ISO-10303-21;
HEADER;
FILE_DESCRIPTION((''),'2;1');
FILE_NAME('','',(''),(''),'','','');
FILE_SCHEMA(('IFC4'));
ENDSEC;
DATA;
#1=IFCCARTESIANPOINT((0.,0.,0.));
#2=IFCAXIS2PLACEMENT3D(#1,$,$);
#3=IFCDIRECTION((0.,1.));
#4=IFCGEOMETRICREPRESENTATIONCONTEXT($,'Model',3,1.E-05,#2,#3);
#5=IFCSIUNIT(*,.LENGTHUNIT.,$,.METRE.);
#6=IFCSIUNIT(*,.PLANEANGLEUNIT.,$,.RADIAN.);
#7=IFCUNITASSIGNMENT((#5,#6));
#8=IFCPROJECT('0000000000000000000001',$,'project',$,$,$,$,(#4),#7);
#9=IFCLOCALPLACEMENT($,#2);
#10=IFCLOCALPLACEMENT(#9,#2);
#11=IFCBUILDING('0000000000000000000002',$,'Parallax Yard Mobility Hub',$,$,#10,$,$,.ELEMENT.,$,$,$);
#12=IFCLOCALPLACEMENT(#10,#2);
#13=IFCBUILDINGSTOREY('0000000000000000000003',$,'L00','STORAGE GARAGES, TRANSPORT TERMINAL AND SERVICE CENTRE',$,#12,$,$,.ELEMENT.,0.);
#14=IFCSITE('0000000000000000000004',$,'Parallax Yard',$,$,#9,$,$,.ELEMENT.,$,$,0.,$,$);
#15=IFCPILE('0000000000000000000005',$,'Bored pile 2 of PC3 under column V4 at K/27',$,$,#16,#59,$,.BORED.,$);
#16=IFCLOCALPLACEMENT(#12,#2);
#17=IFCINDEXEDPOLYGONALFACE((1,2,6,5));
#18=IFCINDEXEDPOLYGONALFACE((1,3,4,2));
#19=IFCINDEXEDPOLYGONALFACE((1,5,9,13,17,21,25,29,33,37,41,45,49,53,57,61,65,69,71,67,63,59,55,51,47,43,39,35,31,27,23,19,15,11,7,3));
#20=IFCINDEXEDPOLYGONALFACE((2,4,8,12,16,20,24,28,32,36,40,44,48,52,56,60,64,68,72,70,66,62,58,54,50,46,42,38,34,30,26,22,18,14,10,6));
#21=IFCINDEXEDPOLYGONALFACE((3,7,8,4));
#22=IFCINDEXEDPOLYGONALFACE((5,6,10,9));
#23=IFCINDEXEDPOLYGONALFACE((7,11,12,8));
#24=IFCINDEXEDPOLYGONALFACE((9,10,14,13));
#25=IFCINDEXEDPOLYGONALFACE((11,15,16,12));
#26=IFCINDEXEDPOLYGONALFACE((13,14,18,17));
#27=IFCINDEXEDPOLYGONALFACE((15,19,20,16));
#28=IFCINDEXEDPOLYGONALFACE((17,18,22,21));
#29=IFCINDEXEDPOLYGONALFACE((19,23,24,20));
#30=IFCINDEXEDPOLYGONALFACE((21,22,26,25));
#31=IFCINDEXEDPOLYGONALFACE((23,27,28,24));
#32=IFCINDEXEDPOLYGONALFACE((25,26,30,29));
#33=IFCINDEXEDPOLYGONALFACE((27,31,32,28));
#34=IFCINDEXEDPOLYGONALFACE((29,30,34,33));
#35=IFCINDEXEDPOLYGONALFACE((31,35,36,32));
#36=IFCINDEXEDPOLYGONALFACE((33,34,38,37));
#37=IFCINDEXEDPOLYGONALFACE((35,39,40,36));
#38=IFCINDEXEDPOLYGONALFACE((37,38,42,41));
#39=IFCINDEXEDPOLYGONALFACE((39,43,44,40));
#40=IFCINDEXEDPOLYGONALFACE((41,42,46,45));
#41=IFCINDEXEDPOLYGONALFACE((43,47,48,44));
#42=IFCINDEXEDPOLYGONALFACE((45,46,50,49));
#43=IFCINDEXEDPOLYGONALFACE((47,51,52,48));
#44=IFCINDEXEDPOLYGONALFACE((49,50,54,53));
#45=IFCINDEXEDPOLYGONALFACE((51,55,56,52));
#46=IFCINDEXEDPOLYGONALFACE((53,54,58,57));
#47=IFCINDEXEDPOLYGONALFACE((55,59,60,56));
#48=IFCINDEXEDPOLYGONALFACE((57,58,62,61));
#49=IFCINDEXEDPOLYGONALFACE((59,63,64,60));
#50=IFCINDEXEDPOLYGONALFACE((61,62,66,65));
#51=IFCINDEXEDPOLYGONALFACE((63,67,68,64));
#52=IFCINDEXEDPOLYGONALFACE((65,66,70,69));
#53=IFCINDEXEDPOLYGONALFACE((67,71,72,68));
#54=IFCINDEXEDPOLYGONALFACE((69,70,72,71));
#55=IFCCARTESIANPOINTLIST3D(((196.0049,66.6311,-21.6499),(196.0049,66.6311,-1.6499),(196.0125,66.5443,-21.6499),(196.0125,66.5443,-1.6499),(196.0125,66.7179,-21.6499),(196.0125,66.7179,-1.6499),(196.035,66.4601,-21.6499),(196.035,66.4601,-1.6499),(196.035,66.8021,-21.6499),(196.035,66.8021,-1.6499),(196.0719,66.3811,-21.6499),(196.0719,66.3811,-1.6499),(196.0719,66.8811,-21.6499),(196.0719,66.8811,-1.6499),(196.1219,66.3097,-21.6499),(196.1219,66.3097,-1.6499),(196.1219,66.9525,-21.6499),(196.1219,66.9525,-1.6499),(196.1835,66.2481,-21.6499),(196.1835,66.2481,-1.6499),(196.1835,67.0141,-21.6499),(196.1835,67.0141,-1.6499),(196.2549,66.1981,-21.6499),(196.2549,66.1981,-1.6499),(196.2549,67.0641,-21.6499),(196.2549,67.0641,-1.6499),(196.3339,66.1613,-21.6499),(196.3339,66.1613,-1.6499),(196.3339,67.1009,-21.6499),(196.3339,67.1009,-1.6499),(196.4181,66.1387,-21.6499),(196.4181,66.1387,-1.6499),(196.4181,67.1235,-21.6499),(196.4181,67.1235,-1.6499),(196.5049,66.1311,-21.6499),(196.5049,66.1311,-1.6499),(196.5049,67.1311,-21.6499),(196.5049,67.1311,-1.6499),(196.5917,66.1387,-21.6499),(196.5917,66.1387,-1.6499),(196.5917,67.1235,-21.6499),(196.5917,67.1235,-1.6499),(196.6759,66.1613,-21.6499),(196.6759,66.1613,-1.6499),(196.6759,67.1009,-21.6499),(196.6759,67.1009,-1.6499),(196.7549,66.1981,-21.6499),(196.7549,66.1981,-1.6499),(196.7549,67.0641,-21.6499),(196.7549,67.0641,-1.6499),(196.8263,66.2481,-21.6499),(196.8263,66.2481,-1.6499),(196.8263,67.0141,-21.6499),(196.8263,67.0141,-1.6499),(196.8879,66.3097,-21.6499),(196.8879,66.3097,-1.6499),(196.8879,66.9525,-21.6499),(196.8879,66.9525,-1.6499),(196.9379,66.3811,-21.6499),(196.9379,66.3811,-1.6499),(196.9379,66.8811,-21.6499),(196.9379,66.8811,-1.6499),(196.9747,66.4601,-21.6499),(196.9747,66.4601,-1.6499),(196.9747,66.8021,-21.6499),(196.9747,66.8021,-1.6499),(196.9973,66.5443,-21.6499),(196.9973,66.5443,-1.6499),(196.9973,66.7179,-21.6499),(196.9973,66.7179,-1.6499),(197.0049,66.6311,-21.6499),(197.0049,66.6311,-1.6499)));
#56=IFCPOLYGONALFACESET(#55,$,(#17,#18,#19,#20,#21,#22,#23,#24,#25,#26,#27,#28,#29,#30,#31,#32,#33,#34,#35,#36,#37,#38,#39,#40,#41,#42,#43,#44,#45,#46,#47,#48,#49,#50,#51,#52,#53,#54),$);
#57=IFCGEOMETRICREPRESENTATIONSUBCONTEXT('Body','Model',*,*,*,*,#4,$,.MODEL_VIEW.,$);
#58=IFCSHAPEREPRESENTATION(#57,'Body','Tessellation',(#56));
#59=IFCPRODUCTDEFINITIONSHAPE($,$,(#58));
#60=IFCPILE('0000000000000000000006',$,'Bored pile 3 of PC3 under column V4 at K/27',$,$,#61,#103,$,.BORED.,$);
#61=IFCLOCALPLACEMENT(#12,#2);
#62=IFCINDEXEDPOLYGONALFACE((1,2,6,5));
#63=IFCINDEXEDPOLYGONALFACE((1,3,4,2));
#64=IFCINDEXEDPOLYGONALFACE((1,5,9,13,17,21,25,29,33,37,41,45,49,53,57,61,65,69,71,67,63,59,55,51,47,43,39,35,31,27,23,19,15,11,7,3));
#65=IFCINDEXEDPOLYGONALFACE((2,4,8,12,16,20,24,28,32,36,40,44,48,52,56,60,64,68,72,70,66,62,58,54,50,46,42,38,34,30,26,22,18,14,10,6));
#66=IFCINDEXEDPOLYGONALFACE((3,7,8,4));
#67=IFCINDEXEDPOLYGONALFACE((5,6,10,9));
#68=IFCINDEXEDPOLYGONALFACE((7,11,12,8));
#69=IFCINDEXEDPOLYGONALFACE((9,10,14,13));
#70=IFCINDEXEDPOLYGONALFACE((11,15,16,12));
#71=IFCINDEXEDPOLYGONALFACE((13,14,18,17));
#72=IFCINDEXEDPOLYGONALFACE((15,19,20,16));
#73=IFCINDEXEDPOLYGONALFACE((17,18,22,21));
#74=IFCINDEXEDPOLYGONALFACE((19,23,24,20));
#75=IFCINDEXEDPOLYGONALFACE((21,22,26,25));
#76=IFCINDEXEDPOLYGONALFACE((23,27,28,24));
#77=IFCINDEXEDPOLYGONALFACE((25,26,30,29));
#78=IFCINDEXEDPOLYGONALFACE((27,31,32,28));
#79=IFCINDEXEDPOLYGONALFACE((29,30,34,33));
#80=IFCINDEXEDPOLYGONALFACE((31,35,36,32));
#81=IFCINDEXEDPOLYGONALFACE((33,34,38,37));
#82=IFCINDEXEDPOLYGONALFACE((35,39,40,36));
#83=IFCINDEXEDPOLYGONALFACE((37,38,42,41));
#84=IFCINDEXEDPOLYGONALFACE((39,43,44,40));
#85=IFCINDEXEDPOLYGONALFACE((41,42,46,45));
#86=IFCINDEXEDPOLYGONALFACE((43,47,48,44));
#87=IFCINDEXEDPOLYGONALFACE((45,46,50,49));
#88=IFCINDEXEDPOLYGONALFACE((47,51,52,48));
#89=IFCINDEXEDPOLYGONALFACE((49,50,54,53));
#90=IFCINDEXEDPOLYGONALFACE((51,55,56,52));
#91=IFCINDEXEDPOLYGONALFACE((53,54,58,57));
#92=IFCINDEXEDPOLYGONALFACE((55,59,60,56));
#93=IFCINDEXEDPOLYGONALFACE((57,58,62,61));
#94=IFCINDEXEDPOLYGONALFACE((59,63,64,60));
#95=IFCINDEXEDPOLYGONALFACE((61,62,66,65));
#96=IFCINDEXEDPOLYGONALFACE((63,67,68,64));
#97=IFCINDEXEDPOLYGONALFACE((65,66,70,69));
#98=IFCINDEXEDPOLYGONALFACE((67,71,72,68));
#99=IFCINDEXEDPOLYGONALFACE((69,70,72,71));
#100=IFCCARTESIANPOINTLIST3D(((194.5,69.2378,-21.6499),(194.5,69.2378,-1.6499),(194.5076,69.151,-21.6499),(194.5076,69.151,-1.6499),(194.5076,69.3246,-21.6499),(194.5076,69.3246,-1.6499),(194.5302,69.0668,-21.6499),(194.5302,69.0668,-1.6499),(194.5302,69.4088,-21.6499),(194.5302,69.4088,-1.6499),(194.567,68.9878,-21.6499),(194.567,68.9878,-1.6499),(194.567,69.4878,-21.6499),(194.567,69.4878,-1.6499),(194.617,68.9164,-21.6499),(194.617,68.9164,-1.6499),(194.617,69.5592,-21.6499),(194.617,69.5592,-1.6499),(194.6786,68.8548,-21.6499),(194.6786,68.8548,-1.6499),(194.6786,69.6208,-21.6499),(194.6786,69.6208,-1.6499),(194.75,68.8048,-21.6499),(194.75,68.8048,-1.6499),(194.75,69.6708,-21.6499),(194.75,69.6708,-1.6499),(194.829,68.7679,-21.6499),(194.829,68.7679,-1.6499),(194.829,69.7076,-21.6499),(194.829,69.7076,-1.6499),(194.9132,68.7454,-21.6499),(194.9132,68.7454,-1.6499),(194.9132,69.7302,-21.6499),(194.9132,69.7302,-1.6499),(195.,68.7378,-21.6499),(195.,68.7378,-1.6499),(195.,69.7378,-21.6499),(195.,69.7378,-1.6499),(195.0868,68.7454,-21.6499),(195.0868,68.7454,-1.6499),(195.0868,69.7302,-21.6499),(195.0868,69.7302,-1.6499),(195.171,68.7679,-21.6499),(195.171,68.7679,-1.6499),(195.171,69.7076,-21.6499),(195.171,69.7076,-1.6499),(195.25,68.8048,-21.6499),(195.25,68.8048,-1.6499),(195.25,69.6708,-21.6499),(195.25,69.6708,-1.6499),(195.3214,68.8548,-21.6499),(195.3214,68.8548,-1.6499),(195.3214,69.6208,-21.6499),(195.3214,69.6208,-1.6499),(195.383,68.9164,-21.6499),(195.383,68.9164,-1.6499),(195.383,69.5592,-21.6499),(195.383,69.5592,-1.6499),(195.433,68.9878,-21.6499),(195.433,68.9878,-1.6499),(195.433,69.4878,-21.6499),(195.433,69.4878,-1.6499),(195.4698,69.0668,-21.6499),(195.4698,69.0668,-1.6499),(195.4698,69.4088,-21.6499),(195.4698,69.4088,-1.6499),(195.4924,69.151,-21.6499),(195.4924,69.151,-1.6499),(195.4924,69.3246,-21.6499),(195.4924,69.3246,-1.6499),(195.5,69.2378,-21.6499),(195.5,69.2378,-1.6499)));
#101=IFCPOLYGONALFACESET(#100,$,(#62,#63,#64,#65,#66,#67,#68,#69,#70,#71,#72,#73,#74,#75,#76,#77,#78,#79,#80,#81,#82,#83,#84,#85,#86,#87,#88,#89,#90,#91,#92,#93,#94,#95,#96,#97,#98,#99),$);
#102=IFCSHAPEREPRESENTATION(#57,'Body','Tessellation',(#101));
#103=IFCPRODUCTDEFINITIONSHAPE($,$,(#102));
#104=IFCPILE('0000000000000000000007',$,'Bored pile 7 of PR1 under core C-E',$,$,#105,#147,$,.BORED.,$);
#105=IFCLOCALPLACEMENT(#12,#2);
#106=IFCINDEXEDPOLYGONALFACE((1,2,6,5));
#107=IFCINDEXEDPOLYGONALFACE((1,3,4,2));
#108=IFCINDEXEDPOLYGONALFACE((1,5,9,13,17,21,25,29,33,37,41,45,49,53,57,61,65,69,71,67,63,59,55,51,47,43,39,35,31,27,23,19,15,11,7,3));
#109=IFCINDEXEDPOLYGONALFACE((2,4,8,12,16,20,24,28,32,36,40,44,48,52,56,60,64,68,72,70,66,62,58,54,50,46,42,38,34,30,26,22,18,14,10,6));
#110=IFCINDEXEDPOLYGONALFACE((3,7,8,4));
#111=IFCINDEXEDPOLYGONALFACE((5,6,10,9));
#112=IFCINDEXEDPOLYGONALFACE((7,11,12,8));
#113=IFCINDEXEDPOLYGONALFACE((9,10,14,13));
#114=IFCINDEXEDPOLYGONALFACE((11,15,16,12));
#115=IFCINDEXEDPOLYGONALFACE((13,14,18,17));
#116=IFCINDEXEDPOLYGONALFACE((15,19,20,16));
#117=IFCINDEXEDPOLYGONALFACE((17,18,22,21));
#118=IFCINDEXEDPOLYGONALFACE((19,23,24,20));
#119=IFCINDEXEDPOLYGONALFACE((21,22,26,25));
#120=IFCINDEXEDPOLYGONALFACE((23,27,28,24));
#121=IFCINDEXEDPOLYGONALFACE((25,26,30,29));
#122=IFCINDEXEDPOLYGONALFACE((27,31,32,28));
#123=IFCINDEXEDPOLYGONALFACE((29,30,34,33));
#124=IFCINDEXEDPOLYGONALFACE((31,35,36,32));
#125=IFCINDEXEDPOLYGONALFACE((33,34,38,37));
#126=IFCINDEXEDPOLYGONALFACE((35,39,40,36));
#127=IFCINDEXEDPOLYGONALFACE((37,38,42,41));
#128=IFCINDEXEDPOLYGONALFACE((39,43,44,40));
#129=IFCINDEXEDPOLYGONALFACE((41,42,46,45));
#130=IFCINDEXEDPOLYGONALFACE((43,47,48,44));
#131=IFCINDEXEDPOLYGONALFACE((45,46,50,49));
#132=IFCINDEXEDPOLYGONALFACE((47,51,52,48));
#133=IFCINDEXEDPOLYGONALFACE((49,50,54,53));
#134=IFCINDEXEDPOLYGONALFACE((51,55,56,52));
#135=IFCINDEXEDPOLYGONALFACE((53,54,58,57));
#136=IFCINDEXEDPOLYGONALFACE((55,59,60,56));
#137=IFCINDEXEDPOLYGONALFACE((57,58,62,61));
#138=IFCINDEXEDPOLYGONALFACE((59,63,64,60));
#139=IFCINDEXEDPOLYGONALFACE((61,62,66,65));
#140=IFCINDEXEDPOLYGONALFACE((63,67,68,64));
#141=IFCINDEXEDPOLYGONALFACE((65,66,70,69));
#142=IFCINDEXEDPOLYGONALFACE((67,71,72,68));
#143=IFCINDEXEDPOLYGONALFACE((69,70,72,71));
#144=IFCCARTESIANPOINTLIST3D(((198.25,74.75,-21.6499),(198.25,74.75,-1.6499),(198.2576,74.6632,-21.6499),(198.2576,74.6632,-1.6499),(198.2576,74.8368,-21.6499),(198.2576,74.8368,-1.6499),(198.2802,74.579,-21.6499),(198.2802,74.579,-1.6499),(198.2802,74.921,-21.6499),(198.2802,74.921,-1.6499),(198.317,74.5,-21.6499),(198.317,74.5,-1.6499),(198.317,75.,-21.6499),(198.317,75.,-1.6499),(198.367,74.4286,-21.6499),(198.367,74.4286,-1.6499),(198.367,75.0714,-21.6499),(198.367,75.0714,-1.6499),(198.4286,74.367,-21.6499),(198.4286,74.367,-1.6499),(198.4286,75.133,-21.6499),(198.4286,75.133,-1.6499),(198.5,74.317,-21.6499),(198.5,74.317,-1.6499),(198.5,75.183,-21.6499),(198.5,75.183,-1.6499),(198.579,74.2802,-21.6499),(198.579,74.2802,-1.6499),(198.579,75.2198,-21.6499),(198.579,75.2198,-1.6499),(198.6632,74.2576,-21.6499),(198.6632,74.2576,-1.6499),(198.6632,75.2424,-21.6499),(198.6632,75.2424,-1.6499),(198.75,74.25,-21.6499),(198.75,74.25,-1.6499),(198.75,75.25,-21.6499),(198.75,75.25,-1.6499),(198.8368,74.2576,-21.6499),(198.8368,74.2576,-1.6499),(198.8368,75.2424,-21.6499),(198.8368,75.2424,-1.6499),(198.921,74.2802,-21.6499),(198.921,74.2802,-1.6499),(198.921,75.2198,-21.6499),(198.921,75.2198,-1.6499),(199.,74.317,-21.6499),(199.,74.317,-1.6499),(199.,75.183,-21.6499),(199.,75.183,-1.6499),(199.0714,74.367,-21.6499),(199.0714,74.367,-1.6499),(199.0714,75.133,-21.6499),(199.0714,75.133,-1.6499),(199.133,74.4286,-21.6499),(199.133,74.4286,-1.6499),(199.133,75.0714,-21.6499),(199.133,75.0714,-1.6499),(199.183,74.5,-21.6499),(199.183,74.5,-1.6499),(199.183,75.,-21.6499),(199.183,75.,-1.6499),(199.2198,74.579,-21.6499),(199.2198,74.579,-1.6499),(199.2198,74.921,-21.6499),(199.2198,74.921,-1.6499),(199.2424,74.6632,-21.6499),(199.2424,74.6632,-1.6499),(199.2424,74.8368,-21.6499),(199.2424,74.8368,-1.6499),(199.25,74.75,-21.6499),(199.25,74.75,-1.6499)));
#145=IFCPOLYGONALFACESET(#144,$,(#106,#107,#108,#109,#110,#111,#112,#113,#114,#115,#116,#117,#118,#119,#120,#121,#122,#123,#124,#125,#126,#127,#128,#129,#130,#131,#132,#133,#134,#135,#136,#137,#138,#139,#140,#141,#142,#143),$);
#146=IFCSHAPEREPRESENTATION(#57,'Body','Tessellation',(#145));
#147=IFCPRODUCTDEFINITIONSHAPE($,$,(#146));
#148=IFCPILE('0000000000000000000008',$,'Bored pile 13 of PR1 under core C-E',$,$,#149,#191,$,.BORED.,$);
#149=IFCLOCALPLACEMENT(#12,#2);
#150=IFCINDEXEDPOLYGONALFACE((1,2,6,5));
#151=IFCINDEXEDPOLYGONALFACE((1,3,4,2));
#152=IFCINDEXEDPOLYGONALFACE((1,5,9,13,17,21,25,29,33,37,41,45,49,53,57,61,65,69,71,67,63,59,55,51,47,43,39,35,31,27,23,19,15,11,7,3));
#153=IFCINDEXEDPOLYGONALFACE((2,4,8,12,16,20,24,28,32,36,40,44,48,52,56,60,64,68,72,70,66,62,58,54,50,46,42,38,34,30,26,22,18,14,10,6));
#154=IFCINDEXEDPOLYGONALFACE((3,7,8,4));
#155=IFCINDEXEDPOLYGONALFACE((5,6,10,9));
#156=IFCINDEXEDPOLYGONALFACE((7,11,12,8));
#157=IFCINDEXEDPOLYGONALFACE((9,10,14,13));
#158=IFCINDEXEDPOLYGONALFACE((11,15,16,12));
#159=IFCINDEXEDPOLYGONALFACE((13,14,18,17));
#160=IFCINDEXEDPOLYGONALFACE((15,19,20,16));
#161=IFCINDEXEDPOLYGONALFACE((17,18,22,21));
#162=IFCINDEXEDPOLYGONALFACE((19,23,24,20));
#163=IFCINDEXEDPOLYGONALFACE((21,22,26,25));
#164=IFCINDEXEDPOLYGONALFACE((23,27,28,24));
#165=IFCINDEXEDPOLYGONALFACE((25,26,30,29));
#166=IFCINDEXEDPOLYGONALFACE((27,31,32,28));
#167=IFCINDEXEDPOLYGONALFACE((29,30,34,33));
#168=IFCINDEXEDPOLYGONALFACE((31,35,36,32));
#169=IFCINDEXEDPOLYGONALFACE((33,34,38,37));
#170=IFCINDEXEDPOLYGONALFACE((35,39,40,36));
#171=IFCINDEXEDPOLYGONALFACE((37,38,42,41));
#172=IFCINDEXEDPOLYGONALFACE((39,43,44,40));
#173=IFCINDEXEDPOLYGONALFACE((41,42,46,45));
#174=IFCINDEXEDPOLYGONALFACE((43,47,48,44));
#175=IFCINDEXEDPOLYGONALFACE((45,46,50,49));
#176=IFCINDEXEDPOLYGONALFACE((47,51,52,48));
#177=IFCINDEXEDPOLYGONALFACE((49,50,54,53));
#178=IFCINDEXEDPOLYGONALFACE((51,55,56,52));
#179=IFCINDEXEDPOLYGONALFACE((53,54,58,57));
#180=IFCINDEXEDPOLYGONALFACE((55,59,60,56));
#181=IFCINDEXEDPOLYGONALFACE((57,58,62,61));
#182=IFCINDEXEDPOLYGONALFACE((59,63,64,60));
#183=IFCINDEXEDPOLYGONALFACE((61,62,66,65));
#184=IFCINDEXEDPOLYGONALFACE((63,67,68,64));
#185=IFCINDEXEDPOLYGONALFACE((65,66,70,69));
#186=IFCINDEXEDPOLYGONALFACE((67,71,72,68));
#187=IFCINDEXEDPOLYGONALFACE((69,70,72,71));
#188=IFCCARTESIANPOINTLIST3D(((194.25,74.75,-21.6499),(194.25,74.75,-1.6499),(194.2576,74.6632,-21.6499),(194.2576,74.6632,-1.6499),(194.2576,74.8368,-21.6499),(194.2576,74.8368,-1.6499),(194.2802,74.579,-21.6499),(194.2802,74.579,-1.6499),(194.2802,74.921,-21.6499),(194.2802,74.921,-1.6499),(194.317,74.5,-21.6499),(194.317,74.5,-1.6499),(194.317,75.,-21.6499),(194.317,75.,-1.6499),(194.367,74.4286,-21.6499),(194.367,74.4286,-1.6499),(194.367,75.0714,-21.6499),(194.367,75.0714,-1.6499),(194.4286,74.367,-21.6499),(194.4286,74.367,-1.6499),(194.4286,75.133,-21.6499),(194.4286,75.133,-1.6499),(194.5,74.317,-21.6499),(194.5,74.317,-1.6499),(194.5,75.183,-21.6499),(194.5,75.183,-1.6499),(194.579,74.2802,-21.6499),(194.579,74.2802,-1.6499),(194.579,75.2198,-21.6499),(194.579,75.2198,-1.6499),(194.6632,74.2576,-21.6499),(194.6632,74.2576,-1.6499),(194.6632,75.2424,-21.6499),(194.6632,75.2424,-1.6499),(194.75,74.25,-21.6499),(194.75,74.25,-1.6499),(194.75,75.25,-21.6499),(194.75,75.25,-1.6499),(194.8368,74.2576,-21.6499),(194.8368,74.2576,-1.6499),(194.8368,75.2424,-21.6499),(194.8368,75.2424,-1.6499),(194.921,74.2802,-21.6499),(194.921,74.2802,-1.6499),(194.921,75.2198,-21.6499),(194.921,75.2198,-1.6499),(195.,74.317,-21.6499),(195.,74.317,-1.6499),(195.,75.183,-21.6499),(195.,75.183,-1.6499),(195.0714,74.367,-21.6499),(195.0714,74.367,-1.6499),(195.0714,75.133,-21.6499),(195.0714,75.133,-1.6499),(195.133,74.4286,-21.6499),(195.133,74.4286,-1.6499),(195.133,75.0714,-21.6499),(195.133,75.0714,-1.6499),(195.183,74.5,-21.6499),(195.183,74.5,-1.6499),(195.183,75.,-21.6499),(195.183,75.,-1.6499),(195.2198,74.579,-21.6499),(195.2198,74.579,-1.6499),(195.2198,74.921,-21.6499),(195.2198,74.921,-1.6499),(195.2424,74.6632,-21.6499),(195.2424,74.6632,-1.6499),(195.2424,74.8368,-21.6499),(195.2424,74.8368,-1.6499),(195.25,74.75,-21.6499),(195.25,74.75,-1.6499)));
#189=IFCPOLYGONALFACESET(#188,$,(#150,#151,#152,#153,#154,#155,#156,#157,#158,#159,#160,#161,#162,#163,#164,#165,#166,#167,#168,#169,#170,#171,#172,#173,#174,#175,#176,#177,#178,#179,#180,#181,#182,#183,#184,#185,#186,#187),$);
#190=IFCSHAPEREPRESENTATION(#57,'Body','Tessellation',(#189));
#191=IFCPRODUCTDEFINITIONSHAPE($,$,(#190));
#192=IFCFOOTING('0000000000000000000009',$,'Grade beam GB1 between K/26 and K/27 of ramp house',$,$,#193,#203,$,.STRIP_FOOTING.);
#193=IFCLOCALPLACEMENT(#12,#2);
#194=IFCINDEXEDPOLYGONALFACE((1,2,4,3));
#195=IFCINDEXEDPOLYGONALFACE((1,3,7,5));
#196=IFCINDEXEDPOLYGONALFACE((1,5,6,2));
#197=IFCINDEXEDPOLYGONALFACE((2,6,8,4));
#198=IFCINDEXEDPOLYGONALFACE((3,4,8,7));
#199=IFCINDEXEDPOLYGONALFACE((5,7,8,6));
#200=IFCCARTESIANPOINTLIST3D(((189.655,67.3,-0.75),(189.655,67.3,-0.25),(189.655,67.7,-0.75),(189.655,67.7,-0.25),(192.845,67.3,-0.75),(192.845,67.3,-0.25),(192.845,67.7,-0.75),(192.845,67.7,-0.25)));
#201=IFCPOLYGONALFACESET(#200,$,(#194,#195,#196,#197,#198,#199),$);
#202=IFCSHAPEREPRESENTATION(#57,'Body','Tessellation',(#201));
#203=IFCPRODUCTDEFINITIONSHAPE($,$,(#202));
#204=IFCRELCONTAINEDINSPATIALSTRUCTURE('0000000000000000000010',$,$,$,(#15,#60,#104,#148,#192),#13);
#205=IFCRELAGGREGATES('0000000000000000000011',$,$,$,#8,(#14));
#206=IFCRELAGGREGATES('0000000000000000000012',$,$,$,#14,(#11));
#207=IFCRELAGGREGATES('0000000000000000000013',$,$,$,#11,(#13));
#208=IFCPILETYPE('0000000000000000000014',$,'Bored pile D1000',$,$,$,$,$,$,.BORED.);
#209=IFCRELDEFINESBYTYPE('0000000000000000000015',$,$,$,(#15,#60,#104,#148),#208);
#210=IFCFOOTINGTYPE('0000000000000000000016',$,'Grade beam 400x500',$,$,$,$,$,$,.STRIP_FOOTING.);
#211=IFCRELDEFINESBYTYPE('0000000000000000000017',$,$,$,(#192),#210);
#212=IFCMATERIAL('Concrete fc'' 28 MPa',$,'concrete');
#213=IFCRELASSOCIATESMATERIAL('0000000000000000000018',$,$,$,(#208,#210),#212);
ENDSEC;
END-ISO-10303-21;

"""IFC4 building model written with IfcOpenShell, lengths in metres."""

from ifc_helpers import new_model, si_unit, direction, frame, origin, origin_2d, place, context, subcontext, project, spatial, rectangle, circle, extrude, material, material_profile, profile_set, type_object, element, save


model = new_model("IFC4")

# Units and contexts
model_context = context("Model", 3, precision=1e-05, world=origin(), true_north=direction((0.0, 1.0)))
body_context = subcontext(model_context, "Body", "Model", "MODEL_VIEW")
ifc_project = project(units=[si_unit("LENGTHUNIT", "METRE"), si_unit("PLANEANGLEUNIT", "RADIAN")], contexts=[model_context])

# Site, building, storey
site_placement = place(None, origin())
site = spatial("IfcSite", under=ifc_project, at=site_placement, Name="Parallax Yard", CompositionType="ELEMENT", RefElevation=0.0)
building_placement = place(site_placement, origin())
building = spatial("IfcBuilding", under=site, at=building_placement, Name="Parallax Yard Mobility Hub", CompositionType="ELEMENT")
storey_placement = place(building_placement, origin())
storey = spatial("IfcBuildingStorey", under=building, at=storey_placement, Name="L00", Description="STORAGE GARAGES, TRANSPORT TERMINAL AND SERVICE CENTRE", CompositionType="ELEMENT", Elevation=0.0)

# Piles
ifc_material_1 = material(Name="Concrete fc' 28 MPa", Category="concrete")
ifc_material_profile_1 = material_profile(ifc_material_1, circle(Radius=0.5, at=origin_2d()), Name="Bored pile D1000")
ifc_profile_set_1 = profile_set([ifc_material_profile_1], Name="Concrete fc' 28 MPa")
pile_type = type_object("IfcPileType", Name="Bored pile D1000", PredefinedType="BORED", material=ifc_profile_set_1)
for number, where, z_axis, x_axis, name in (
    (1, (196.5049, 66.6311, -1.6499), (0.0, 0.0, -1.0), (1.0, 0.0, 0.0), "Bored pile 2 of PC3 under column V4 at K/27"),
    (2, (195.0, 69.2378, -1.6499), (0.0, 0.0, -1.0), (1.0, 0.0, 0.0), "Bored pile 3 of PC3 under column V4 at K/27"),
    (3, (198.75, 74.75, -1.6499), (0.0, 0.0, -1.0), (1.0, 0.0, 0.0), "Bored pile 7 of PR1 under core C-E"),
    (4, (194.75, 74.75, -1.6499), (0.0, 0.0, -1.0), (1.0, 0.0, 0.0), "Bored pile 13 of PR1 under core C-E"),
):
    element("IfcPile", number, at=place(storey_placement, frame(where, z_axis=z_axis, x_axis=x_axis)), inside=storey, type_object=pile_type, Name=name, PredefinedType="BORED", context=body_context, shape_type="SweptSolid", body=[
        extrude(circle(Radius=0.5, at=origin_2d()), origin(), (0.0, 0.0, 1.0), 20.0),
    ])

# Footing
ifc_material_profile_2 = material_profile(ifc_material_1, rectangle(XDim=0.3999, YDim=0.5, at=origin_2d()), Name="Grade beam 400x500")
ifc_profile_set_2 = profile_set([ifc_material_profile_2], Name="Concrete fc' 28 MPa")
footing_type_1 = type_object("IfcFootingType", Name="Grade beam 400x500", PredefinedType="STRIP_FOOTING", material=ifc_profile_set_2)
footing_1_placement = place(storey_placement, frame((189.655, 67.5, -0.5), z_axis=(1.0, 0.0, 0.0), x_axis=(0.0, 1.0, 0.0)))
element("IfcFooting", 5, at=footing_1_placement, inside=storey, type_object=footing_type_1, Name="Grade beam GB1 between K/26 and K/27 of ramp house", PredefinedType="STRIP_FOOTING", context=body_context, shape_type="SweptSolid", body=[
    extrude(rectangle(XDim=0.3999, YDim=0.5, at=origin_2d()), origin(), (0.0, 0.0, 1.0), 3.1899),
])

save(model, "model.ifc")
